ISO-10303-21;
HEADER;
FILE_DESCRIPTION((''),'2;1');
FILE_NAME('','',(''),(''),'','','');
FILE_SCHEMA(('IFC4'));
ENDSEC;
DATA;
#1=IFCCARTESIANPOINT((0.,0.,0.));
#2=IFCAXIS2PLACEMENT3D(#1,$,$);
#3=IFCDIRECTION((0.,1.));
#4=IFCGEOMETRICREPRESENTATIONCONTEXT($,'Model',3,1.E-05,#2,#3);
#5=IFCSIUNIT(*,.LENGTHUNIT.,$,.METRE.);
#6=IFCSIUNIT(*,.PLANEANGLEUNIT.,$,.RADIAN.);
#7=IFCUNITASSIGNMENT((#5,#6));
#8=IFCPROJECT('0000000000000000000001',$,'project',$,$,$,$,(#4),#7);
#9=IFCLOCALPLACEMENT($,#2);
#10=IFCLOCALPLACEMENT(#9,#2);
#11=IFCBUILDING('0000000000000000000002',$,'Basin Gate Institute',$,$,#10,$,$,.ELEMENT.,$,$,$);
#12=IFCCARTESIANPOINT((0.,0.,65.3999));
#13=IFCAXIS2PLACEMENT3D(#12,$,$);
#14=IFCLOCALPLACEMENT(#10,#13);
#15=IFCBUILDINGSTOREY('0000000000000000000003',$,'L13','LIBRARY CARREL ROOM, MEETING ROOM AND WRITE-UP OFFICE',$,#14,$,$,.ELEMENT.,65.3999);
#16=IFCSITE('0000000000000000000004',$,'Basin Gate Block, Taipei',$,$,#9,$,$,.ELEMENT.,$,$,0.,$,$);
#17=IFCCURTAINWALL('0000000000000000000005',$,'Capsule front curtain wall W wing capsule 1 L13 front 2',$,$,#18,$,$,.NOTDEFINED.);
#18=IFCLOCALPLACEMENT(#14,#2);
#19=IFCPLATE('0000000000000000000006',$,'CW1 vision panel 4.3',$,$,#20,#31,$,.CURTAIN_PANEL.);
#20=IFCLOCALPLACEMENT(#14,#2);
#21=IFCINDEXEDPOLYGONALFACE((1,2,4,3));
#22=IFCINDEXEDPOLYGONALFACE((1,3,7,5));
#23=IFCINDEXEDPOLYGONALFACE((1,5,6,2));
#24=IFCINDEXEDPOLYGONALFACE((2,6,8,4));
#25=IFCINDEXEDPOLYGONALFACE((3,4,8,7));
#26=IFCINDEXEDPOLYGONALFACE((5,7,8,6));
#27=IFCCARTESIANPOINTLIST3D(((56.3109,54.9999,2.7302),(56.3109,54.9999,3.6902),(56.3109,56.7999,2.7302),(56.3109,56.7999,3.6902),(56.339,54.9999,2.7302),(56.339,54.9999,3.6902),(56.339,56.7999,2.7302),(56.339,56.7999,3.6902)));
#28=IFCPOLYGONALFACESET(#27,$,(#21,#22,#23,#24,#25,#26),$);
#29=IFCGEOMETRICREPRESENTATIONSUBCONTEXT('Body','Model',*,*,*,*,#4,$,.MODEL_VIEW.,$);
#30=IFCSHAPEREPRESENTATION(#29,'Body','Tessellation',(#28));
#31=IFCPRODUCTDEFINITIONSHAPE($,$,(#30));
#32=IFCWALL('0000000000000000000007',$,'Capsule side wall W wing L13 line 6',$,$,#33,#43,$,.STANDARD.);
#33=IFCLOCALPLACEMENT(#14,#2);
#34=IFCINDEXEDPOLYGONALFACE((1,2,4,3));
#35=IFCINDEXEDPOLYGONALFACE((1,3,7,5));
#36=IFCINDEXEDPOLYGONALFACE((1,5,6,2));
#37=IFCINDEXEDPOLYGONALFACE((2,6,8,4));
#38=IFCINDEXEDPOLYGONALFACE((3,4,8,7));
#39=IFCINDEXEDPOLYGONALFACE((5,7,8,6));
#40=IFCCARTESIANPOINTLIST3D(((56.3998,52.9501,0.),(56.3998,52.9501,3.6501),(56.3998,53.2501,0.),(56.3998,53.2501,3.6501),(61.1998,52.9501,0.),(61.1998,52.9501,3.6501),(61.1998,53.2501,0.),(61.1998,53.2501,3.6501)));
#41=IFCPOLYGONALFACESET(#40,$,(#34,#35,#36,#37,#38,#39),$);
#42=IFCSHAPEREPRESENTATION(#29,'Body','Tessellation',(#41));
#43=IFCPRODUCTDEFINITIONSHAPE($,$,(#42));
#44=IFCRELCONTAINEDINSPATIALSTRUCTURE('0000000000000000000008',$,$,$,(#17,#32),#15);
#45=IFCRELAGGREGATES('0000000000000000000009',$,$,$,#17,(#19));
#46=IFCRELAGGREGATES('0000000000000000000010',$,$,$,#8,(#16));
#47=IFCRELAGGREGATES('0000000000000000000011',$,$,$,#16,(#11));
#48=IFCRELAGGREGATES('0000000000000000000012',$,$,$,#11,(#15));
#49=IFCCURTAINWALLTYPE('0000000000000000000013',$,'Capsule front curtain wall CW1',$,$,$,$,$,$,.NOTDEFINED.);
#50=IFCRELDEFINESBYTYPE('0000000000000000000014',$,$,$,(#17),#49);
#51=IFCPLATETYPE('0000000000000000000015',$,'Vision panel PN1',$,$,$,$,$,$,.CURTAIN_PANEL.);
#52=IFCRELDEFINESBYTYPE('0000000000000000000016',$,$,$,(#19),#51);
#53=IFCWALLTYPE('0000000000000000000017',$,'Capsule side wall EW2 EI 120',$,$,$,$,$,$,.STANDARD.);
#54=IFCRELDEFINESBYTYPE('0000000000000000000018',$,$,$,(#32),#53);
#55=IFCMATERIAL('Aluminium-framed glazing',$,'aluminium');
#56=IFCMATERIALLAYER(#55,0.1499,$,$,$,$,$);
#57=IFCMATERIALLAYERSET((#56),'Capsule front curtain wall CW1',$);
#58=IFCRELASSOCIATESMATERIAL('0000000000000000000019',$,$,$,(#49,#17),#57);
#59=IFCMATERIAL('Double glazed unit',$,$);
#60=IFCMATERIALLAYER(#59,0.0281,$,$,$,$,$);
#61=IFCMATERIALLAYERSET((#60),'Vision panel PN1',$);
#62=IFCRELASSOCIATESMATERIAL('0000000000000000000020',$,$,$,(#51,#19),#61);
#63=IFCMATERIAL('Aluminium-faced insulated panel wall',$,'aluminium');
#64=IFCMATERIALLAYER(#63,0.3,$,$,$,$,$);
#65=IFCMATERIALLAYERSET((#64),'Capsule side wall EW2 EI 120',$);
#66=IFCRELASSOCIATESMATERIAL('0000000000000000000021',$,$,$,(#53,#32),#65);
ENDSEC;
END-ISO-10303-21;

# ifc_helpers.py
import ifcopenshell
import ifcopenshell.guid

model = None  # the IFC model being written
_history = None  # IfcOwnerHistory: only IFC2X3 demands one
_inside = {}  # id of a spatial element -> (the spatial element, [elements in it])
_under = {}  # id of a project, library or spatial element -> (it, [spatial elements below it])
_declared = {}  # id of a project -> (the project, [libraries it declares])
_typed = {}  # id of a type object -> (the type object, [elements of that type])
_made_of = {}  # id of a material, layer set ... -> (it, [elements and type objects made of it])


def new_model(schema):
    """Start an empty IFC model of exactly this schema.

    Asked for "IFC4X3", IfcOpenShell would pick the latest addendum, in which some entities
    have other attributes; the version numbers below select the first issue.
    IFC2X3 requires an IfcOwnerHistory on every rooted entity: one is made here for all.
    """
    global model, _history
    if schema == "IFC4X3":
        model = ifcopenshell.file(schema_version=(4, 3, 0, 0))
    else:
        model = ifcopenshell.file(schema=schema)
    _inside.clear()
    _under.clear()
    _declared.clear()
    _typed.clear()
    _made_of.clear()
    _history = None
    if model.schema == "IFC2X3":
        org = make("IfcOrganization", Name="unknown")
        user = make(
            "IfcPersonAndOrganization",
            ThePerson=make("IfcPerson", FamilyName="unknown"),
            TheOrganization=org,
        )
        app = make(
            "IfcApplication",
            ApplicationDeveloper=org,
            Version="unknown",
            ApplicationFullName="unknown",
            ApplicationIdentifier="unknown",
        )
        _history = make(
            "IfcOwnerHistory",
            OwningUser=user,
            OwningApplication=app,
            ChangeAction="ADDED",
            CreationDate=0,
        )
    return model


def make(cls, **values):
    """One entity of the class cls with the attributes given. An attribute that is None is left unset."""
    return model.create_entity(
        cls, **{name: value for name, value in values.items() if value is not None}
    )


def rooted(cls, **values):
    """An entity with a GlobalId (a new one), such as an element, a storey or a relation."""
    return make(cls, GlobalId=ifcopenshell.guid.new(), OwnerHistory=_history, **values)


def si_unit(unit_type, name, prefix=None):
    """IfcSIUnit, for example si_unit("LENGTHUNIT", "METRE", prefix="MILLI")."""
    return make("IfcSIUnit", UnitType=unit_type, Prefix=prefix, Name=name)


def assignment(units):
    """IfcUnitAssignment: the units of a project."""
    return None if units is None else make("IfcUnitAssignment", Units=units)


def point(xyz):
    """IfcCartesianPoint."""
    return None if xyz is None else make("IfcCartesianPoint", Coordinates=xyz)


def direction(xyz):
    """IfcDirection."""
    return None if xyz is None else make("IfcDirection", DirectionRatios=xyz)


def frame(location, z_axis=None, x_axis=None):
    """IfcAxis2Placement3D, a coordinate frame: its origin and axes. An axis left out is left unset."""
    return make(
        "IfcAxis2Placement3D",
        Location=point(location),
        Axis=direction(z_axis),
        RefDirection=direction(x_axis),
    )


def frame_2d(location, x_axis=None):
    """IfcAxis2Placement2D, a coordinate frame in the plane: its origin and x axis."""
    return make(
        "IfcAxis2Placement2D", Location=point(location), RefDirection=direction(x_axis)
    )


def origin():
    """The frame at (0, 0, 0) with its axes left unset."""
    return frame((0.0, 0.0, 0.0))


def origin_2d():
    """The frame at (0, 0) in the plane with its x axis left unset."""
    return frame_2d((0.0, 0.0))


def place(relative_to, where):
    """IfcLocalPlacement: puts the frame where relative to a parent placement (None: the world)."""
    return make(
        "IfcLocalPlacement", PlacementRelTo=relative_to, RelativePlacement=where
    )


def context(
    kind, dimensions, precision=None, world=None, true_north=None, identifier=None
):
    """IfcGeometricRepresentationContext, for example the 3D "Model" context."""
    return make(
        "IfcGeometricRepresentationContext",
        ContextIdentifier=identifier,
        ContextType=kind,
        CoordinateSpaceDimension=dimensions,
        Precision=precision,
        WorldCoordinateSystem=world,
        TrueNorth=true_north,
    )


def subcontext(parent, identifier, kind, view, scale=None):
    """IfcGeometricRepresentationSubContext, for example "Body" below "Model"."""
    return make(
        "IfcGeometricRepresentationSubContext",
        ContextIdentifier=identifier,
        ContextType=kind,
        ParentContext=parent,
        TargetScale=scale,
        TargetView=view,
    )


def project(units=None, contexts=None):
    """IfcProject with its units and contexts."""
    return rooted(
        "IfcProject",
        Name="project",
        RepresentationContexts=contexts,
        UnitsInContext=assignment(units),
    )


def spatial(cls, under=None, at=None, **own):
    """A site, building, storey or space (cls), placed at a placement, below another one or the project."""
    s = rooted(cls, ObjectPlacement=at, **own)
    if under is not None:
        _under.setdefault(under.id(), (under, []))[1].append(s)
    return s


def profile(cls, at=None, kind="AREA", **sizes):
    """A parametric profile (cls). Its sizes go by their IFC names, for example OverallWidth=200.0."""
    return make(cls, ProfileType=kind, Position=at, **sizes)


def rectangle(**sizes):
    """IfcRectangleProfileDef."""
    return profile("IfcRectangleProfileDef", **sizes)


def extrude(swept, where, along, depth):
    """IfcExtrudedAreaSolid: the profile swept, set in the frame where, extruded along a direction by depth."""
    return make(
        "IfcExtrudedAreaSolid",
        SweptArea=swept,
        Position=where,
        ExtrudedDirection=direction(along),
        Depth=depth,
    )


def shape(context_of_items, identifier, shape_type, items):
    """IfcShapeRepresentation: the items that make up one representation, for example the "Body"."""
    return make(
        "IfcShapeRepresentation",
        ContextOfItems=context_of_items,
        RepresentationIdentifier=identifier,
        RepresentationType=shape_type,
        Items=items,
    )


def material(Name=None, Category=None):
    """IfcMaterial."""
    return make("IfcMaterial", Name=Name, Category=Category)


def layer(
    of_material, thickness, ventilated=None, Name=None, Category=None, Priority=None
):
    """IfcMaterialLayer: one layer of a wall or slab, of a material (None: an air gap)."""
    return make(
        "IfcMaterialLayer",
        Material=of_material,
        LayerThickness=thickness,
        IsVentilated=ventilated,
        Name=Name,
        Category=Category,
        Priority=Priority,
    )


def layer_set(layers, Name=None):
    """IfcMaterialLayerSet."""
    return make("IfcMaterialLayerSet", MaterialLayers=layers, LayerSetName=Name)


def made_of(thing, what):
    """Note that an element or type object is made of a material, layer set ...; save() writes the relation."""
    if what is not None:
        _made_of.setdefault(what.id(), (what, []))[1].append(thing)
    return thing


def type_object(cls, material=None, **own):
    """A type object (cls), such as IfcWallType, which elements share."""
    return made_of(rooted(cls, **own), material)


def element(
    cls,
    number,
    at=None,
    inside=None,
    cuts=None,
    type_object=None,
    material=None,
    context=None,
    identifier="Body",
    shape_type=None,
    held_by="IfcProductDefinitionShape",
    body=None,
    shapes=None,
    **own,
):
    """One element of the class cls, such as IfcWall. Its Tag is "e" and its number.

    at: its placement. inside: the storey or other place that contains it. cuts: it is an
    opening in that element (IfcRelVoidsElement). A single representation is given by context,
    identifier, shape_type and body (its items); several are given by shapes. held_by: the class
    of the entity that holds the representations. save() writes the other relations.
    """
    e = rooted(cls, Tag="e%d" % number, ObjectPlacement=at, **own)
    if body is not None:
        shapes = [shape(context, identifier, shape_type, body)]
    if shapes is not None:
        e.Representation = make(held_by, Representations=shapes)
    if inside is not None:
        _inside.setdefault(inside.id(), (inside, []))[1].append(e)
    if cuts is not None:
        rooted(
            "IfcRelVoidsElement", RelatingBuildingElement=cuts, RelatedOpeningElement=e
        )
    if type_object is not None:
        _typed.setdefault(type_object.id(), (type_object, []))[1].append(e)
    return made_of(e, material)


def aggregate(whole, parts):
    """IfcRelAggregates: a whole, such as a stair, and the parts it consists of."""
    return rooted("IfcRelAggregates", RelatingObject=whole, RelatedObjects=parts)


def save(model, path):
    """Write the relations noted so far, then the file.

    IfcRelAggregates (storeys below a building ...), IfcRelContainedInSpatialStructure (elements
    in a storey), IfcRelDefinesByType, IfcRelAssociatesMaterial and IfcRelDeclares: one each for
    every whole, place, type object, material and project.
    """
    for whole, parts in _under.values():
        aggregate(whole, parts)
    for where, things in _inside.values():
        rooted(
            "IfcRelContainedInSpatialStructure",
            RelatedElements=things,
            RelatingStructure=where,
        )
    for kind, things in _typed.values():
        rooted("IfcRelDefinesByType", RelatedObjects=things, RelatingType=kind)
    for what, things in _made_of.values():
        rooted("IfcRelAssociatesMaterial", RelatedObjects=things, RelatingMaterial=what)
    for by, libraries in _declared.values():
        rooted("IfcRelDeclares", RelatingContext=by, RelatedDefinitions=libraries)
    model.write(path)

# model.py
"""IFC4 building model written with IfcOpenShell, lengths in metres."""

from ifc_helpers import new_model, si_unit, direction, frame, frame_2d, origin, origin_2d, place, context, subcontext, project, spatial, rectangle, extrude, material, layer, layer_set, type_object, element, aggregate, save


model = new_model("IFC4")

# Units and contexts
model_context = context("Model", 3, precision=1e-05, world=origin(), true_north=direction((0.0, 1.0)))
body_context = subcontext(model_context, "Body", "Model", "MODEL_VIEW")
ifc_project = project(units=[si_unit("LENGTHUNIT", "METRE"), si_unit("PLANEANGLEUNIT", "RADIAN")], contexts=[model_context])

# Site, building, storey
site_placement = place(None, origin())
site = spatial("IfcSite", under=ifc_project, at=site_placement, Name="Basin Gate Block, Taipei", CompositionType="ELEMENT", RefElevation=0.0)
building_placement = place(site_placement, origin())
building = spatial("IfcBuilding", under=site, at=building_placement, Name="Basin Gate Institute", CompositionType="ELEMENT")
storey_placement = place(building_placement, frame((0.0, 0.0, 65.3999)))
storey = spatial("IfcBuildingStorey", under=building, at=storey_placement, Name="L13", Description="LIBRARY CARREL ROOM, MEETING ROOM AND WRITE-UP OFFICE", CompositionType="ELEMENT", Elevation=65.3999)

# Shared definitions
ifc_material_1 = material(Name="Aluminium-framed glazing", Category="aluminium")
ifc_layer_1 = layer(ifc_material_1, 0.1499)
ifc_layer_set_1 = layer_set([ifc_layer_1], Name="Capsule front curtain wall CW1")
curtain_wall_type = type_object("IfcCurtainWallType", Name="Capsule front curtain wall CW1", PredefinedType="NOTDEFINED", material=ifc_layer_set_1)

# Curtain wall
curtain_wall_1_placement = place(storey_placement, origin())
curtain_wall_1 = element("IfcCurtainWall", 1, at=curtain_wall_1_placement, inside=storey, type_object=curtain_wall_type, material=ifc_layer_set_1, Name="Capsule front curtain wall W wing capsule 1 L13 front 2", PredefinedType="NOTDEFINED")

# Plate
ifc_material_2 = material(Name="Double glazed unit")
ifc_layer_2 = layer(ifc_material_2, 0.0281)
ifc_layer_set_2 = layer_set([ifc_layer_2], Name="Vision panel PN1")
plate_type_1 = type_object("IfcPlateType", Name="Vision panel PN1", PredefinedType="CURTAIN_PANEL", material=ifc_layer_set_2)
plate_1_placement = place(storey_placement, frame((56.325, 55.8999, 2.7302), z_axis=(0.0, 0.0, 1.0), x_axis=(0.0, 1.0, 0.0)))
plate_1 = element("IfcPlate", 2, at=plate_1_placement, type_object=plate_type_1, material=ifc_layer_set_2, Name="CW1 vision panel 4.3", PredefinedType="CURTAIN_PANEL", context=body_context, shape_type="SweptSolid", body=[
    extrude(rectangle(XDim=1.8, YDim=0.0281, at=origin_2d()), origin(), (0.0, 0.0, 1.0), 0.96),
])
aggregate(curtain_wall_1, [plate_1])

# Wall
ifc_material_3 = material(Name="Aluminium-faced insulated panel wall", Category="aluminium")
ifc_layer_3 = layer(ifc_material_3, 0.3)
ifc_layer_set_3 = layer_set([ifc_layer_3], Name="Capsule side wall EW2 EI 120")
wall_type = type_object("IfcWallType", Name="Capsule side wall EW2 EI 120", PredefinedType="STANDARD", material=ifc_layer_set_3)
wall_placement = place(storey_placement, frame((56.3999, 53.1001, 0.0), z_axis=(0.0, 0.0, 1.0), x_axis=(1.0, 0.0, 0.0)))
element("IfcWall", 3, at=wall_placement, inside=storey, type_object=wall_type, material=ifc_layer_set_3, Name="Capsule side wall W wing L13 line 6", PredefinedType="STANDARD", context=body_context, shape_type="SweptSolid", body=[
    extrude(rectangle(XDim=4.8, YDim=0.3, at=frame_2d((2.3999, 0.0))), origin(), (0.0, 0.0, 1.0), 3.6501),
])

save(model, "model.ifc")
